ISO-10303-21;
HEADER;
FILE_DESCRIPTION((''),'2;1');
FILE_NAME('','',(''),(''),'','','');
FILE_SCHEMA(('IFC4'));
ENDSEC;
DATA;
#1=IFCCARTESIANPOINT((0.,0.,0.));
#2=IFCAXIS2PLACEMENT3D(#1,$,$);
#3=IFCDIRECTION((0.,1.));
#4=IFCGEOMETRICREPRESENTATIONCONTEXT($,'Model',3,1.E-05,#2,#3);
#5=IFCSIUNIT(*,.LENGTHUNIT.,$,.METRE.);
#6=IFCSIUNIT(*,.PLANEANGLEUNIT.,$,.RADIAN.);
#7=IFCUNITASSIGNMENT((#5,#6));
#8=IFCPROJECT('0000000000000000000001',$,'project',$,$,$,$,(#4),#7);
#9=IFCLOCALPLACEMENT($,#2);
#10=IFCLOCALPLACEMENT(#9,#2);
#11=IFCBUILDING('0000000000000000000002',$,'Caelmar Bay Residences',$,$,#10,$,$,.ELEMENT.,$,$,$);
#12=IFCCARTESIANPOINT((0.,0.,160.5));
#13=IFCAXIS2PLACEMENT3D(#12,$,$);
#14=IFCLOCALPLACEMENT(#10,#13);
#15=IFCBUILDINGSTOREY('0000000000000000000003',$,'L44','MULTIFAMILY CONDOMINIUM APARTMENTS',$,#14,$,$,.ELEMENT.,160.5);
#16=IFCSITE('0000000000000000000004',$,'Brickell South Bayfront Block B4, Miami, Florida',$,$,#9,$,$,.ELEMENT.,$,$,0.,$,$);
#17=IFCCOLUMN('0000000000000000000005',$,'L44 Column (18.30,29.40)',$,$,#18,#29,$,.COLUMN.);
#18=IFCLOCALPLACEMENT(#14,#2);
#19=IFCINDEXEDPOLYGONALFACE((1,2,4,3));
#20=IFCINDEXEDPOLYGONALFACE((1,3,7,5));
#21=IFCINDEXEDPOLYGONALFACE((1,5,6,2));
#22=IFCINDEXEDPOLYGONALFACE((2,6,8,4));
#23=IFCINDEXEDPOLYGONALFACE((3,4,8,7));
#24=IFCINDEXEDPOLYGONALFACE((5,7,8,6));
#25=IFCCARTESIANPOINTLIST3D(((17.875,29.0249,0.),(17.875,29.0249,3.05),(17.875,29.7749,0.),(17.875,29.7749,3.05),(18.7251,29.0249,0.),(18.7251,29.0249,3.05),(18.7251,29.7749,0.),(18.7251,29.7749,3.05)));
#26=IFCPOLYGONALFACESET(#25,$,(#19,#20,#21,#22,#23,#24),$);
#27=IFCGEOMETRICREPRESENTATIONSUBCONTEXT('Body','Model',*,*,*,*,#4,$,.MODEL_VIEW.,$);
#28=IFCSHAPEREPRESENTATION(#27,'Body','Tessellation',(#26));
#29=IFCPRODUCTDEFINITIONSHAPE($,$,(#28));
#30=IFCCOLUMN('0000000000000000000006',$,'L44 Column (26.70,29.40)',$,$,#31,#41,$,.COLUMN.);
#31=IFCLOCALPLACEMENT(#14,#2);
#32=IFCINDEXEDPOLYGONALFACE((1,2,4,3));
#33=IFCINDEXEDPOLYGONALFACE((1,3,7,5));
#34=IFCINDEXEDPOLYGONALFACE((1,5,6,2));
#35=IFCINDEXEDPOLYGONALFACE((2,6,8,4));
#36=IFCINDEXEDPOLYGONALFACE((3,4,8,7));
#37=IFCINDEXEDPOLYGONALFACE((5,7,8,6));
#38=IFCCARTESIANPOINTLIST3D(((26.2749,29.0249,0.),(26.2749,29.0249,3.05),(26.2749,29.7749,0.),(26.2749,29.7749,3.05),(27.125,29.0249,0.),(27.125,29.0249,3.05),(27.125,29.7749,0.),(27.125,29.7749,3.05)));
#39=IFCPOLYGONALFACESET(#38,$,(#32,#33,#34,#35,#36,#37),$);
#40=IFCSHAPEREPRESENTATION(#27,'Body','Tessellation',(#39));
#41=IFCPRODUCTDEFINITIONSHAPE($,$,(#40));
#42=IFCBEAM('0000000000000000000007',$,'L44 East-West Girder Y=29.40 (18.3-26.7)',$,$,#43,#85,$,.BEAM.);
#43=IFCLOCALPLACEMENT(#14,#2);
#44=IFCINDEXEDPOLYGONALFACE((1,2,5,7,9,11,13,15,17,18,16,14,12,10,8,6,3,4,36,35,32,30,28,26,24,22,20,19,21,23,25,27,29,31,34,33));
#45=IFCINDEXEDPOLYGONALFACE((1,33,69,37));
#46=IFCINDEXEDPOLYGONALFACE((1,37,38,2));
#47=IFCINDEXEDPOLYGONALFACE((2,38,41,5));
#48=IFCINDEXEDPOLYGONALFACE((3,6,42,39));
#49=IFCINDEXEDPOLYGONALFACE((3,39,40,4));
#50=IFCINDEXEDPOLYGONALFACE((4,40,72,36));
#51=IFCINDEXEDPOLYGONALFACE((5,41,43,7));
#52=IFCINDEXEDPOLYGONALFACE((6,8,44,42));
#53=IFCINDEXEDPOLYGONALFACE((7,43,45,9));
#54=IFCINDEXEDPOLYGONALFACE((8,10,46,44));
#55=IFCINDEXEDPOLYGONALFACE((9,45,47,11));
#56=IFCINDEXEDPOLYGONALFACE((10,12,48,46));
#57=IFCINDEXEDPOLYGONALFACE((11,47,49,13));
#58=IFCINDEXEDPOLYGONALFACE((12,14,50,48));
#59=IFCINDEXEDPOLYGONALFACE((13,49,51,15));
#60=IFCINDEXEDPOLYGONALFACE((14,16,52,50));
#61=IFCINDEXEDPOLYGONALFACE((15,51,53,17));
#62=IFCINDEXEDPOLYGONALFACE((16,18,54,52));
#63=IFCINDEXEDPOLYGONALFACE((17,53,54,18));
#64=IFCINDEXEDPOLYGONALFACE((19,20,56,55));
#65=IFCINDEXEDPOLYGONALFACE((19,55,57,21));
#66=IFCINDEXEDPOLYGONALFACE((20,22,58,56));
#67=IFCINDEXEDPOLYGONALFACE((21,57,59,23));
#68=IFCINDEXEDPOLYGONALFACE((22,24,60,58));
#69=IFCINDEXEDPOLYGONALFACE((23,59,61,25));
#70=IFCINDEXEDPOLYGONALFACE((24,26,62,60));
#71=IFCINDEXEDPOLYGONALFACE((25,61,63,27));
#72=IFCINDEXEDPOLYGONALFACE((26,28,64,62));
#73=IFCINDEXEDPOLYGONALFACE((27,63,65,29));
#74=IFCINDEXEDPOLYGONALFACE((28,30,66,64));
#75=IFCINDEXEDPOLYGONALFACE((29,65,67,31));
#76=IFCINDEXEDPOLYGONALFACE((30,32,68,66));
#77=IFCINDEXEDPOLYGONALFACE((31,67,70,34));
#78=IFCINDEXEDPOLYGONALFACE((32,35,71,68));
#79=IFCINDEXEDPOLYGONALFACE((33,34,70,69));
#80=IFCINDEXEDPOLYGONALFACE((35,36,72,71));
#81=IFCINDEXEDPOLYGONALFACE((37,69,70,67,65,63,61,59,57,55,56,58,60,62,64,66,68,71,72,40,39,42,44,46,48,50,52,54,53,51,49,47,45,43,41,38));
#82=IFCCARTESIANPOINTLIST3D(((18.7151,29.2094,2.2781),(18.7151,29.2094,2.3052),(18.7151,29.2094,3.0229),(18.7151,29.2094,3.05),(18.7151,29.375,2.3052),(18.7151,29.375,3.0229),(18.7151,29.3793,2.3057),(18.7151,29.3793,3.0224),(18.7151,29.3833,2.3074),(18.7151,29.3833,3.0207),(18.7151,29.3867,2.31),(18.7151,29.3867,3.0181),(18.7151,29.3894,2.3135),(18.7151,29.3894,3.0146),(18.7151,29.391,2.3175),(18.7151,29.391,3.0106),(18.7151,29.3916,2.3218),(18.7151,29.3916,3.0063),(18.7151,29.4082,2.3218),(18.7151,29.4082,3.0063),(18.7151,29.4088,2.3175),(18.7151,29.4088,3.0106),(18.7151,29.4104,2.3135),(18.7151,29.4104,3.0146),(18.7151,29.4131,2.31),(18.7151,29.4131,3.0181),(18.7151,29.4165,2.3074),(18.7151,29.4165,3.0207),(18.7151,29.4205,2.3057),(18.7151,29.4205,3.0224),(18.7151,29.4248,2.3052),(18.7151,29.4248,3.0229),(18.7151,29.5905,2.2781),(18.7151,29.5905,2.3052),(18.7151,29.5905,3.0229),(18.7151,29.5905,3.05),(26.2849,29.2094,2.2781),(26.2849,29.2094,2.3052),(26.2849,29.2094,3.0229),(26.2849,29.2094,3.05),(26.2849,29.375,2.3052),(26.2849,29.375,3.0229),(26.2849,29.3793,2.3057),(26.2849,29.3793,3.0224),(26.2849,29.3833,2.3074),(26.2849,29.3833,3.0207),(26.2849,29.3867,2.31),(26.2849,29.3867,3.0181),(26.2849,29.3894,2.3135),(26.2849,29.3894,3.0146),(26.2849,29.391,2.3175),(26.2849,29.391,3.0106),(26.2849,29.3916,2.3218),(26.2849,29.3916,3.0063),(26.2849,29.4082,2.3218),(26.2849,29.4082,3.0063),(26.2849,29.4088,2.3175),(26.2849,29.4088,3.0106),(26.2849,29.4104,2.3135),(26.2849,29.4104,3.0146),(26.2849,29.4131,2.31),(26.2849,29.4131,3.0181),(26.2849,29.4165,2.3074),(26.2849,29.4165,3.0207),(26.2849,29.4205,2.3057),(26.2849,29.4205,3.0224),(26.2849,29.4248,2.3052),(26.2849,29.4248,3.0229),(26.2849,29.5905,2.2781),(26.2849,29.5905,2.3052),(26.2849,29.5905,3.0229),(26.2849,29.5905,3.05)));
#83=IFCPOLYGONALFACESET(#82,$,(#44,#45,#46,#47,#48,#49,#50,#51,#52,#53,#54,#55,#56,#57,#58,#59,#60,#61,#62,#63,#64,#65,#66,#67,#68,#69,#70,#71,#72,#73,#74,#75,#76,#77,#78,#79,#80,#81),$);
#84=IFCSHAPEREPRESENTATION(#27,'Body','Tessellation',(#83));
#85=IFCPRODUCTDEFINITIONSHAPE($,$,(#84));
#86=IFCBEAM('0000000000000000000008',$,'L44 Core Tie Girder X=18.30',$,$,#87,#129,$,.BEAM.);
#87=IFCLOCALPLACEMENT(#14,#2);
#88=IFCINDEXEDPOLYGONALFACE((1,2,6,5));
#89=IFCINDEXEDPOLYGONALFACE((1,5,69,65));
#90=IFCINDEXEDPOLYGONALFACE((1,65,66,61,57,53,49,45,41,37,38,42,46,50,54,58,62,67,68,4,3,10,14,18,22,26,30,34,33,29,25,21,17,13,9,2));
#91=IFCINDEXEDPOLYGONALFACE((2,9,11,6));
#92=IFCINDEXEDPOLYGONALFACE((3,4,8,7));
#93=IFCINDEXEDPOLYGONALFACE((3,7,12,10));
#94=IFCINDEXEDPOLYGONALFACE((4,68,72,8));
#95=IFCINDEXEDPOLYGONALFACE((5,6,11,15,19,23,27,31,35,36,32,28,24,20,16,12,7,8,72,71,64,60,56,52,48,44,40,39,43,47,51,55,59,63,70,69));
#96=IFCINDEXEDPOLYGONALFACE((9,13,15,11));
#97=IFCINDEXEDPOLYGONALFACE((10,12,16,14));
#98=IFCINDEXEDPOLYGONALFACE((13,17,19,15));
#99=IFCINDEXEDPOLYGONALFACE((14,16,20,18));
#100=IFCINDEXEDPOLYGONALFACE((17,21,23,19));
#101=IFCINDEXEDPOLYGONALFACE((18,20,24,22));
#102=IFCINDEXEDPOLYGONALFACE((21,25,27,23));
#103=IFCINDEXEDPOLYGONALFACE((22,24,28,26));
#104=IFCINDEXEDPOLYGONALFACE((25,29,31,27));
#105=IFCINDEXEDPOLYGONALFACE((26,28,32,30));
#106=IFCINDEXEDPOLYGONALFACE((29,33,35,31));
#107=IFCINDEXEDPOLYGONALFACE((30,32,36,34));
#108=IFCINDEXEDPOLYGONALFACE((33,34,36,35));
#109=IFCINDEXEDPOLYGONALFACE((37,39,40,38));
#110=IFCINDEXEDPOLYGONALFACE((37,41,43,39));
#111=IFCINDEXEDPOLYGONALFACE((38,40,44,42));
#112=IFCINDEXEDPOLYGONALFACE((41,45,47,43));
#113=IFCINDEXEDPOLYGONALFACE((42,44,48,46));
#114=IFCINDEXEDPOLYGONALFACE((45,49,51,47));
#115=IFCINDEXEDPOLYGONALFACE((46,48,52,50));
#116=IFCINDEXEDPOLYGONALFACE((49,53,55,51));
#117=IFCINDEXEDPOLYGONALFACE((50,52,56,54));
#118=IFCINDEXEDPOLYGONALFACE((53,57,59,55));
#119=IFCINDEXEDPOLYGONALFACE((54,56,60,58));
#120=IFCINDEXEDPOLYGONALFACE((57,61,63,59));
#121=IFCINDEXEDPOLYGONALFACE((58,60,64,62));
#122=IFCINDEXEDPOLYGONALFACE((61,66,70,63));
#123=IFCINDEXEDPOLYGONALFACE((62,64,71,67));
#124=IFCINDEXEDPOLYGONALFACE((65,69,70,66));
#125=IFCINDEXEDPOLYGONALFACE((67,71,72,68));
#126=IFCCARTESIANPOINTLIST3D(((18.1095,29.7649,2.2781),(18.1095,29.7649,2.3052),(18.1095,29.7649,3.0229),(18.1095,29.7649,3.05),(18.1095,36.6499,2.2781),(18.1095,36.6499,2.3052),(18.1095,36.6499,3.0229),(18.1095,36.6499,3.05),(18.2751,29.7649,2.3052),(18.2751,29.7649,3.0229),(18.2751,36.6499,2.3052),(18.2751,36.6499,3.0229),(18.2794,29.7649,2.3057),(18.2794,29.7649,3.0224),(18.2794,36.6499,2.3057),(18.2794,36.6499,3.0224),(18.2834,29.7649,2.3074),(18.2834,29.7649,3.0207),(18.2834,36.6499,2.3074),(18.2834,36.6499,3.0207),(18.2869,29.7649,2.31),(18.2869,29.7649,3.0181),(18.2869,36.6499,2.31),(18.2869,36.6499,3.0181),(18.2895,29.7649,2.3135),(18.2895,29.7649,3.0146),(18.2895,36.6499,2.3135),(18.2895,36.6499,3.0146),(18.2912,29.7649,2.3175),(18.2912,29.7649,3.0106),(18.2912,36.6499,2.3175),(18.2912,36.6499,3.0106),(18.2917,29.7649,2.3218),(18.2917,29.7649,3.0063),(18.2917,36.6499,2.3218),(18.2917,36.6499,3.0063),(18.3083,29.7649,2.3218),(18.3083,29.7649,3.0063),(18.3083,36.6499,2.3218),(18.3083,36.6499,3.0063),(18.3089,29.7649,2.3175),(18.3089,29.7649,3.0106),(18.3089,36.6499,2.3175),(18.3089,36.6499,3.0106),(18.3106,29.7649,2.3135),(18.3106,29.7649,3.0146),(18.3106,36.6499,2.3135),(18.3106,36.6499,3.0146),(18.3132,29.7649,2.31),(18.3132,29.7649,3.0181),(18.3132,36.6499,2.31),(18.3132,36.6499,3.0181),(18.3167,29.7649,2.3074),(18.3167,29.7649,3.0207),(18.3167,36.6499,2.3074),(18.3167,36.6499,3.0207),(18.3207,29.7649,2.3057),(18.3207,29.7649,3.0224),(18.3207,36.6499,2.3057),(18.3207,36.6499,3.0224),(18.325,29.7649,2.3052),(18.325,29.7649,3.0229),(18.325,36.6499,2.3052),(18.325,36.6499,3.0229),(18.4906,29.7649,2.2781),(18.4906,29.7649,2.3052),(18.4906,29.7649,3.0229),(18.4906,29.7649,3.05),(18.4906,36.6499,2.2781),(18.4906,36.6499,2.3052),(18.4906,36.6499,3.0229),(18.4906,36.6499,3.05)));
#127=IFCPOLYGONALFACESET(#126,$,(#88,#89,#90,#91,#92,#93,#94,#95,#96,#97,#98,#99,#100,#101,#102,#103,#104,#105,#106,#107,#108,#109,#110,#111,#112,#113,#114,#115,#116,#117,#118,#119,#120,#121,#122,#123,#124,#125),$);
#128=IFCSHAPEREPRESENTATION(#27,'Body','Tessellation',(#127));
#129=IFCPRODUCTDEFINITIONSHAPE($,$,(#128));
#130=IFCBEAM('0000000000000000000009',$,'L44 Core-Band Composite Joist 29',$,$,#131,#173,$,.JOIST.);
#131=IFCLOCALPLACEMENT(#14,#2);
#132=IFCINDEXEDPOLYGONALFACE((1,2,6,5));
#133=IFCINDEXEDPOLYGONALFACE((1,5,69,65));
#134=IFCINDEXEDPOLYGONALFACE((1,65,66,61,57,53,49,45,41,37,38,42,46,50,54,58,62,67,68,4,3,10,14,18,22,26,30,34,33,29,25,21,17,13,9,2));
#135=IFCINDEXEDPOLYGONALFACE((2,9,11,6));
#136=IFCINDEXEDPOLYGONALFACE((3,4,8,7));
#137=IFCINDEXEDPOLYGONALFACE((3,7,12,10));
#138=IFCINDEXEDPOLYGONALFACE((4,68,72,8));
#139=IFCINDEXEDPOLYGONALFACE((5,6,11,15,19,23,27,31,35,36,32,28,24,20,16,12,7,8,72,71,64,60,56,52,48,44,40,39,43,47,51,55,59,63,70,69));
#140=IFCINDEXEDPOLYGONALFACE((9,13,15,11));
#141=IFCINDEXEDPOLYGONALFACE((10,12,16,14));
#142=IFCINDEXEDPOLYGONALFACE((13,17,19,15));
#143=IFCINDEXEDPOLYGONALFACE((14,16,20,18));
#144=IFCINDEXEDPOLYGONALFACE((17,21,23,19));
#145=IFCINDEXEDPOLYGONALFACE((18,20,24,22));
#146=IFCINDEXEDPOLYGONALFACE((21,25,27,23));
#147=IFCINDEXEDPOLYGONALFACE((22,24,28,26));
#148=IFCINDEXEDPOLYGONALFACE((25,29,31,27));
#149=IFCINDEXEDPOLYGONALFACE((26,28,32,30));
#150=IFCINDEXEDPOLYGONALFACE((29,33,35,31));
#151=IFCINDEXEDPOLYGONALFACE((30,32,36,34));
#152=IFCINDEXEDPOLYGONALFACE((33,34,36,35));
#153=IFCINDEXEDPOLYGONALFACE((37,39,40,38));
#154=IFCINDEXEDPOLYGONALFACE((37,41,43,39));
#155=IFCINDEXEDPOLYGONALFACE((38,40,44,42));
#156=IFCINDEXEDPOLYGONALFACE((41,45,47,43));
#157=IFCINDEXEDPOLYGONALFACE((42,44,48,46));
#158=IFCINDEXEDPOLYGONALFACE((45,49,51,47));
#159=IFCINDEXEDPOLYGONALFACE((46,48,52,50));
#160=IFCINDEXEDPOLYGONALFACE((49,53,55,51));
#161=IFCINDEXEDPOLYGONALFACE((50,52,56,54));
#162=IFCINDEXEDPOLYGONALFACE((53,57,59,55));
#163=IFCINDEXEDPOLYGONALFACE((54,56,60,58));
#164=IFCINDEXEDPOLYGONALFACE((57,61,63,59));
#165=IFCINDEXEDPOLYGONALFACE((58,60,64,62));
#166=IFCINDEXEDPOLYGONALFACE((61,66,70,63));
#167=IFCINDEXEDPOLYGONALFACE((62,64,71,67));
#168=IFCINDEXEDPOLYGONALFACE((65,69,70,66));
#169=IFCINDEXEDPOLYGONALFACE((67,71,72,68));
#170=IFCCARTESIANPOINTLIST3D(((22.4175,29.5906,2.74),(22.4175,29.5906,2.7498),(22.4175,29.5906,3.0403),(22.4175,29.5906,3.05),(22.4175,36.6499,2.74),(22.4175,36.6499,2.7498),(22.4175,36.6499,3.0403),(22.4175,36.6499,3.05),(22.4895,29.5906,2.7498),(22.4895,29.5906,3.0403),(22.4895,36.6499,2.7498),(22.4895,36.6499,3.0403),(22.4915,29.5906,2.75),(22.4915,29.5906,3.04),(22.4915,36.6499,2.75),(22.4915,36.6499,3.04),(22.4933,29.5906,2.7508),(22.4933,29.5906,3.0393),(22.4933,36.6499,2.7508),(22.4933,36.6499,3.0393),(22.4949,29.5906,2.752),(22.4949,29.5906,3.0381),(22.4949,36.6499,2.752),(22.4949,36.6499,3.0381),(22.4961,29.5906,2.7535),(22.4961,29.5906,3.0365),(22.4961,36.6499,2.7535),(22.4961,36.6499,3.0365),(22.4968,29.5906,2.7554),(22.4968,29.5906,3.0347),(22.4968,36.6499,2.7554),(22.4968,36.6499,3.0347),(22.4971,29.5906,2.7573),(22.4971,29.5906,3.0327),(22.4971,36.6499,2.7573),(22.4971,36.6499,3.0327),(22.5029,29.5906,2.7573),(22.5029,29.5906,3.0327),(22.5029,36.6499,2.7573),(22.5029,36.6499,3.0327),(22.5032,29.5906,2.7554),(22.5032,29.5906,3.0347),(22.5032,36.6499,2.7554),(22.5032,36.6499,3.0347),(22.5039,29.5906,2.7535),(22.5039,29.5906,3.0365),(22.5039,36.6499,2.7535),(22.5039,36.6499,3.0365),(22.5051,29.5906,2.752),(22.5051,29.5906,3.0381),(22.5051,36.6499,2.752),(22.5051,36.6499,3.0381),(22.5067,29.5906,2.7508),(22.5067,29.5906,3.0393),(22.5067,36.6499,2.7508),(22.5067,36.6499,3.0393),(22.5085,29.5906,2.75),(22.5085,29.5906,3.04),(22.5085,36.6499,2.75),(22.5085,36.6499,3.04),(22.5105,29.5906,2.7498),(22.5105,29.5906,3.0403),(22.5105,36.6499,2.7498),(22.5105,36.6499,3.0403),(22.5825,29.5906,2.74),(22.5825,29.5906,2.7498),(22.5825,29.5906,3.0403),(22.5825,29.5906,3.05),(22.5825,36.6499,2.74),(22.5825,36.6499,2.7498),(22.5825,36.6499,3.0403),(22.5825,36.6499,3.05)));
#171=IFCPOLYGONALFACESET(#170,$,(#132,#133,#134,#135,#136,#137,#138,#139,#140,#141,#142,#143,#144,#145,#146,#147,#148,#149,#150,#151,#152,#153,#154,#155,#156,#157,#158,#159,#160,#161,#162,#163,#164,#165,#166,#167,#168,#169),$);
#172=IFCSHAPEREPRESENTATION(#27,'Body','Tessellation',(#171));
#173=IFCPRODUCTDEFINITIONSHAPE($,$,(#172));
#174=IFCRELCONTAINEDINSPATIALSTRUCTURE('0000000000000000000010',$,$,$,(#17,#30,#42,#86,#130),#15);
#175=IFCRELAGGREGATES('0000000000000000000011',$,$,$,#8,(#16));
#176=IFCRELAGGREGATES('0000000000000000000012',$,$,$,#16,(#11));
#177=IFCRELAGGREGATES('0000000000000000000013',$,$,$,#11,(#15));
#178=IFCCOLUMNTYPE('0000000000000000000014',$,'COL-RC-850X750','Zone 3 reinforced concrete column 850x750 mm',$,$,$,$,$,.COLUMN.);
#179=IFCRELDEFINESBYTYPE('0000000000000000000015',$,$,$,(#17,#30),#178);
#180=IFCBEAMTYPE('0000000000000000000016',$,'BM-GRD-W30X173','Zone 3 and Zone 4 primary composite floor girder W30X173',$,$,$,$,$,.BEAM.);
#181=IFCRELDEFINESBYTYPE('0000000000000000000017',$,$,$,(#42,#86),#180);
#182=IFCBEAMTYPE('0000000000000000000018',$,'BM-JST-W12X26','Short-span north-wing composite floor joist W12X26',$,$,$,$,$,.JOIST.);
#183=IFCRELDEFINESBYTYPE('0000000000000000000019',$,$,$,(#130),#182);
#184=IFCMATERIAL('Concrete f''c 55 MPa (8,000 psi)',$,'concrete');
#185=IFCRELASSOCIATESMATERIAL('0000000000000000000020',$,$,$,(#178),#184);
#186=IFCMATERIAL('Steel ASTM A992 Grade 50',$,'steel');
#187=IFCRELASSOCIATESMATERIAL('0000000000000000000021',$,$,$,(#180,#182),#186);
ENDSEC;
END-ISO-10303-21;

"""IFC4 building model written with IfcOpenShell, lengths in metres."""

from ifc_helpers import new_model, si_unit, direction, frame, origin, origin_2d, place, context, subcontext, project, spatial, rectangle, i_section, extrude, material, material_profile, profile_set, type_object, element, save


model = new_model("IFC4")

# Units and contexts
model_context = context("Model", 3, precision=1e-05, world=origin(), true_north=direction((0.0, 1.0)))
body_context = subcontext(model_context, "Body", "Model", "MODEL_VIEW")
ifc_project = project(units=[si_unit("LENGTHUNIT", "METRE"), si_unit("PLANEANGLEUNIT", "RADIAN")], contexts=[model_context])

# Site, building, storey
site_placement = place(None, origin())
site = spatial("IfcSite", under=ifc_project, at=site_placement, Name="Brickell South Bayfront Block B4, Miami, Florida", CompositionType="ELEMENT", RefElevation=0.0)
building_placement = place(site_placement, origin())
building = spatial("IfcBuilding", under=site, at=building_placement, Name="Caelmar Bay Residences", CompositionType="ELEMENT")
storey_placement = place(building_placement, frame((0.0, 0.0, 160.5)))
storey = spatial("IfcBuildingStorey", under=building, at=storey_placement, Name="L44", Description="MULTIFAMILY CONDOMINIUM APARTMENTS", CompositionType="ELEMENT", Elevation=160.5)

# Columns
ifc_material_1 = material(Name="Concrete f'c 55 MPa (8,000 psi)", Category="concrete")
ifc_material_profile_1 = material_profile(ifc_material_1, rectangle(XDim=0.8501, YDim=0.75, at=origin_2d()), Name="RC-COL-850X750")
ifc_profile_set_1 = profile_set([ifc_material_profile_1], Name="Concrete f'c 55 MPa (8,000 psi)")
column_type = type_object("IfcColumnType", Name="COL-RC-850X750", Description="Zone 3 reinforced concrete column 850x750 mm", PredefinedType="COLUMN", material=ifc_profile_set_1)
for number, where, z_axis, x_axis, name in (
    (1, (18.3, 29.3999, 0.0), (0.0, 0.0, 1.0), (1.0, 0.0, 0.0), "L44 Column (18.30,29.40)"),
    (2, (26.7, 29.3999, 0.0), (0.0, 0.0, 1.0), (1.0, 0.0, 0.0), "L44 Column (26.70,29.40)"),
):
    element("IfcColumn", number, at=place(storey_placement, frame(where, z_axis=z_axis, x_axis=x_axis)), inside=storey, type_object=column_type, Name=name, PredefinedType="COLUMN", context=body_context, shape_type="SweptSolid", body=[
        extrude(rectangle(XDim=0.8501, YDim=0.75, at=origin_2d()), origin(), (0.0, 0.0, 1.0), 3.05),
    ])

# Beams
ifc_material_2 = material(Name="Steel ASTM A992 Grade 50", Category="steel")
ifc_material_profile_2 = material_profile(ifc_material_2, i_section(OverallWidth=0.3811, OverallDepth=0.772, WebThickness=0.0166, FlangeThickness=0.0271, FilletRadius=0.0166, at=origin_2d()), Name="W30X173")
ifc_profile_set_2 = profile_set([ifc_material_profile_2], Name="Steel ASTM A992 Grade 50")
beam_type_1 = type_object("IfcBeamType", Name="BM-GRD-W30X173", Description="Zone 3 and Zone 4 primary composite floor girder W30X173", PredefinedType="BEAM", material=ifc_profile_set_2)
beam_1_placement = place(storey_placement, frame((18.7151, 29.3999, 2.6641), z_axis=(1.0, 0.0, 0.0), x_axis=(0.0, 1.0, 0.0)))
element("IfcBeam", 3, at=beam_1_placement, inside=storey, type_object=beam_type_1, Name="L44 East-West Girder Y=29.40 (18.3-26.7)", PredefinedType="BEAM", context=body_context, shape_type="SweptSolid", body=[
    extrude(i_section(OverallWidth=0.3811, OverallDepth=0.772, WebThickness=0.0166, FlangeThickness=0.0271, FilletRadius=0.0166, at=origin_2d()), origin(), (0.0, 0.0, 1.0), 7.5698),
])
beam_2_placement = place(storey_placement, frame((18.3, 29.7649, 2.6641), z_axis=(0.0, 1.0, 0.0), x_axis=(-1.0, 0.0, 0.0)))
element("IfcBeam", 4, at=beam_2_placement, inside=storey, type_object=beam_type_1, Name="L44 Core Tie Girder X=18.30", PredefinedType="BEAM", context=body_context, shape_type="SweptSolid", body=[
    extrude(i_section(OverallWidth=0.3811, OverallDepth=0.772, WebThickness=0.0166, FlangeThickness=0.0271, FilletRadius=0.0166, at=origin_2d()), origin(), (0.0, 0.0, 1.0), 6.885),
])
ifc_material_profile_3 = material_profile(ifc_material_2, i_section(OverallWidth=0.165, OverallDepth=0.3101, WebThickness=0.0059, FlangeThickness=0.0098, FilletRadius=0.0076, at=origin_2d()), Name="W12X26")
ifc_profile_set_3 = profile_set([ifc_material_profile_3], Name="Steel ASTM A992 Grade 50")
beam_type_2 = type_object("IfcBeamType", Name="BM-JST-W12X26", Description="Short-span north-wing composite floor joist W12X26", PredefinedType="JOIST", material=ifc_profile_set_3)
beam_3_placement = place(storey_placement, frame((22.5, 29.5906, 2.895), z_axis=(0.0, 1.0, 0.0), x_axis=(-1.0, 0.0, 0.0)))
element("IfcBeam", 5, at=beam_3_placement, inside=storey, type_object=beam_type_2, Name="L44 Core-Band Composite Joist 29", PredefinedType="JOIST", context=body_context, shape_type="SweptSolid", body=[
    extrude(i_section(OverallWidth=0.165, OverallDepth=0.3101, WebThickness=0.0059, FlangeThickness=0.0098, FilletRadius=0.0076, at=origin_2d()), origin(), (0.0, 0.0, 1.0), 7.0593),
])

save(model, "model.ifc")
